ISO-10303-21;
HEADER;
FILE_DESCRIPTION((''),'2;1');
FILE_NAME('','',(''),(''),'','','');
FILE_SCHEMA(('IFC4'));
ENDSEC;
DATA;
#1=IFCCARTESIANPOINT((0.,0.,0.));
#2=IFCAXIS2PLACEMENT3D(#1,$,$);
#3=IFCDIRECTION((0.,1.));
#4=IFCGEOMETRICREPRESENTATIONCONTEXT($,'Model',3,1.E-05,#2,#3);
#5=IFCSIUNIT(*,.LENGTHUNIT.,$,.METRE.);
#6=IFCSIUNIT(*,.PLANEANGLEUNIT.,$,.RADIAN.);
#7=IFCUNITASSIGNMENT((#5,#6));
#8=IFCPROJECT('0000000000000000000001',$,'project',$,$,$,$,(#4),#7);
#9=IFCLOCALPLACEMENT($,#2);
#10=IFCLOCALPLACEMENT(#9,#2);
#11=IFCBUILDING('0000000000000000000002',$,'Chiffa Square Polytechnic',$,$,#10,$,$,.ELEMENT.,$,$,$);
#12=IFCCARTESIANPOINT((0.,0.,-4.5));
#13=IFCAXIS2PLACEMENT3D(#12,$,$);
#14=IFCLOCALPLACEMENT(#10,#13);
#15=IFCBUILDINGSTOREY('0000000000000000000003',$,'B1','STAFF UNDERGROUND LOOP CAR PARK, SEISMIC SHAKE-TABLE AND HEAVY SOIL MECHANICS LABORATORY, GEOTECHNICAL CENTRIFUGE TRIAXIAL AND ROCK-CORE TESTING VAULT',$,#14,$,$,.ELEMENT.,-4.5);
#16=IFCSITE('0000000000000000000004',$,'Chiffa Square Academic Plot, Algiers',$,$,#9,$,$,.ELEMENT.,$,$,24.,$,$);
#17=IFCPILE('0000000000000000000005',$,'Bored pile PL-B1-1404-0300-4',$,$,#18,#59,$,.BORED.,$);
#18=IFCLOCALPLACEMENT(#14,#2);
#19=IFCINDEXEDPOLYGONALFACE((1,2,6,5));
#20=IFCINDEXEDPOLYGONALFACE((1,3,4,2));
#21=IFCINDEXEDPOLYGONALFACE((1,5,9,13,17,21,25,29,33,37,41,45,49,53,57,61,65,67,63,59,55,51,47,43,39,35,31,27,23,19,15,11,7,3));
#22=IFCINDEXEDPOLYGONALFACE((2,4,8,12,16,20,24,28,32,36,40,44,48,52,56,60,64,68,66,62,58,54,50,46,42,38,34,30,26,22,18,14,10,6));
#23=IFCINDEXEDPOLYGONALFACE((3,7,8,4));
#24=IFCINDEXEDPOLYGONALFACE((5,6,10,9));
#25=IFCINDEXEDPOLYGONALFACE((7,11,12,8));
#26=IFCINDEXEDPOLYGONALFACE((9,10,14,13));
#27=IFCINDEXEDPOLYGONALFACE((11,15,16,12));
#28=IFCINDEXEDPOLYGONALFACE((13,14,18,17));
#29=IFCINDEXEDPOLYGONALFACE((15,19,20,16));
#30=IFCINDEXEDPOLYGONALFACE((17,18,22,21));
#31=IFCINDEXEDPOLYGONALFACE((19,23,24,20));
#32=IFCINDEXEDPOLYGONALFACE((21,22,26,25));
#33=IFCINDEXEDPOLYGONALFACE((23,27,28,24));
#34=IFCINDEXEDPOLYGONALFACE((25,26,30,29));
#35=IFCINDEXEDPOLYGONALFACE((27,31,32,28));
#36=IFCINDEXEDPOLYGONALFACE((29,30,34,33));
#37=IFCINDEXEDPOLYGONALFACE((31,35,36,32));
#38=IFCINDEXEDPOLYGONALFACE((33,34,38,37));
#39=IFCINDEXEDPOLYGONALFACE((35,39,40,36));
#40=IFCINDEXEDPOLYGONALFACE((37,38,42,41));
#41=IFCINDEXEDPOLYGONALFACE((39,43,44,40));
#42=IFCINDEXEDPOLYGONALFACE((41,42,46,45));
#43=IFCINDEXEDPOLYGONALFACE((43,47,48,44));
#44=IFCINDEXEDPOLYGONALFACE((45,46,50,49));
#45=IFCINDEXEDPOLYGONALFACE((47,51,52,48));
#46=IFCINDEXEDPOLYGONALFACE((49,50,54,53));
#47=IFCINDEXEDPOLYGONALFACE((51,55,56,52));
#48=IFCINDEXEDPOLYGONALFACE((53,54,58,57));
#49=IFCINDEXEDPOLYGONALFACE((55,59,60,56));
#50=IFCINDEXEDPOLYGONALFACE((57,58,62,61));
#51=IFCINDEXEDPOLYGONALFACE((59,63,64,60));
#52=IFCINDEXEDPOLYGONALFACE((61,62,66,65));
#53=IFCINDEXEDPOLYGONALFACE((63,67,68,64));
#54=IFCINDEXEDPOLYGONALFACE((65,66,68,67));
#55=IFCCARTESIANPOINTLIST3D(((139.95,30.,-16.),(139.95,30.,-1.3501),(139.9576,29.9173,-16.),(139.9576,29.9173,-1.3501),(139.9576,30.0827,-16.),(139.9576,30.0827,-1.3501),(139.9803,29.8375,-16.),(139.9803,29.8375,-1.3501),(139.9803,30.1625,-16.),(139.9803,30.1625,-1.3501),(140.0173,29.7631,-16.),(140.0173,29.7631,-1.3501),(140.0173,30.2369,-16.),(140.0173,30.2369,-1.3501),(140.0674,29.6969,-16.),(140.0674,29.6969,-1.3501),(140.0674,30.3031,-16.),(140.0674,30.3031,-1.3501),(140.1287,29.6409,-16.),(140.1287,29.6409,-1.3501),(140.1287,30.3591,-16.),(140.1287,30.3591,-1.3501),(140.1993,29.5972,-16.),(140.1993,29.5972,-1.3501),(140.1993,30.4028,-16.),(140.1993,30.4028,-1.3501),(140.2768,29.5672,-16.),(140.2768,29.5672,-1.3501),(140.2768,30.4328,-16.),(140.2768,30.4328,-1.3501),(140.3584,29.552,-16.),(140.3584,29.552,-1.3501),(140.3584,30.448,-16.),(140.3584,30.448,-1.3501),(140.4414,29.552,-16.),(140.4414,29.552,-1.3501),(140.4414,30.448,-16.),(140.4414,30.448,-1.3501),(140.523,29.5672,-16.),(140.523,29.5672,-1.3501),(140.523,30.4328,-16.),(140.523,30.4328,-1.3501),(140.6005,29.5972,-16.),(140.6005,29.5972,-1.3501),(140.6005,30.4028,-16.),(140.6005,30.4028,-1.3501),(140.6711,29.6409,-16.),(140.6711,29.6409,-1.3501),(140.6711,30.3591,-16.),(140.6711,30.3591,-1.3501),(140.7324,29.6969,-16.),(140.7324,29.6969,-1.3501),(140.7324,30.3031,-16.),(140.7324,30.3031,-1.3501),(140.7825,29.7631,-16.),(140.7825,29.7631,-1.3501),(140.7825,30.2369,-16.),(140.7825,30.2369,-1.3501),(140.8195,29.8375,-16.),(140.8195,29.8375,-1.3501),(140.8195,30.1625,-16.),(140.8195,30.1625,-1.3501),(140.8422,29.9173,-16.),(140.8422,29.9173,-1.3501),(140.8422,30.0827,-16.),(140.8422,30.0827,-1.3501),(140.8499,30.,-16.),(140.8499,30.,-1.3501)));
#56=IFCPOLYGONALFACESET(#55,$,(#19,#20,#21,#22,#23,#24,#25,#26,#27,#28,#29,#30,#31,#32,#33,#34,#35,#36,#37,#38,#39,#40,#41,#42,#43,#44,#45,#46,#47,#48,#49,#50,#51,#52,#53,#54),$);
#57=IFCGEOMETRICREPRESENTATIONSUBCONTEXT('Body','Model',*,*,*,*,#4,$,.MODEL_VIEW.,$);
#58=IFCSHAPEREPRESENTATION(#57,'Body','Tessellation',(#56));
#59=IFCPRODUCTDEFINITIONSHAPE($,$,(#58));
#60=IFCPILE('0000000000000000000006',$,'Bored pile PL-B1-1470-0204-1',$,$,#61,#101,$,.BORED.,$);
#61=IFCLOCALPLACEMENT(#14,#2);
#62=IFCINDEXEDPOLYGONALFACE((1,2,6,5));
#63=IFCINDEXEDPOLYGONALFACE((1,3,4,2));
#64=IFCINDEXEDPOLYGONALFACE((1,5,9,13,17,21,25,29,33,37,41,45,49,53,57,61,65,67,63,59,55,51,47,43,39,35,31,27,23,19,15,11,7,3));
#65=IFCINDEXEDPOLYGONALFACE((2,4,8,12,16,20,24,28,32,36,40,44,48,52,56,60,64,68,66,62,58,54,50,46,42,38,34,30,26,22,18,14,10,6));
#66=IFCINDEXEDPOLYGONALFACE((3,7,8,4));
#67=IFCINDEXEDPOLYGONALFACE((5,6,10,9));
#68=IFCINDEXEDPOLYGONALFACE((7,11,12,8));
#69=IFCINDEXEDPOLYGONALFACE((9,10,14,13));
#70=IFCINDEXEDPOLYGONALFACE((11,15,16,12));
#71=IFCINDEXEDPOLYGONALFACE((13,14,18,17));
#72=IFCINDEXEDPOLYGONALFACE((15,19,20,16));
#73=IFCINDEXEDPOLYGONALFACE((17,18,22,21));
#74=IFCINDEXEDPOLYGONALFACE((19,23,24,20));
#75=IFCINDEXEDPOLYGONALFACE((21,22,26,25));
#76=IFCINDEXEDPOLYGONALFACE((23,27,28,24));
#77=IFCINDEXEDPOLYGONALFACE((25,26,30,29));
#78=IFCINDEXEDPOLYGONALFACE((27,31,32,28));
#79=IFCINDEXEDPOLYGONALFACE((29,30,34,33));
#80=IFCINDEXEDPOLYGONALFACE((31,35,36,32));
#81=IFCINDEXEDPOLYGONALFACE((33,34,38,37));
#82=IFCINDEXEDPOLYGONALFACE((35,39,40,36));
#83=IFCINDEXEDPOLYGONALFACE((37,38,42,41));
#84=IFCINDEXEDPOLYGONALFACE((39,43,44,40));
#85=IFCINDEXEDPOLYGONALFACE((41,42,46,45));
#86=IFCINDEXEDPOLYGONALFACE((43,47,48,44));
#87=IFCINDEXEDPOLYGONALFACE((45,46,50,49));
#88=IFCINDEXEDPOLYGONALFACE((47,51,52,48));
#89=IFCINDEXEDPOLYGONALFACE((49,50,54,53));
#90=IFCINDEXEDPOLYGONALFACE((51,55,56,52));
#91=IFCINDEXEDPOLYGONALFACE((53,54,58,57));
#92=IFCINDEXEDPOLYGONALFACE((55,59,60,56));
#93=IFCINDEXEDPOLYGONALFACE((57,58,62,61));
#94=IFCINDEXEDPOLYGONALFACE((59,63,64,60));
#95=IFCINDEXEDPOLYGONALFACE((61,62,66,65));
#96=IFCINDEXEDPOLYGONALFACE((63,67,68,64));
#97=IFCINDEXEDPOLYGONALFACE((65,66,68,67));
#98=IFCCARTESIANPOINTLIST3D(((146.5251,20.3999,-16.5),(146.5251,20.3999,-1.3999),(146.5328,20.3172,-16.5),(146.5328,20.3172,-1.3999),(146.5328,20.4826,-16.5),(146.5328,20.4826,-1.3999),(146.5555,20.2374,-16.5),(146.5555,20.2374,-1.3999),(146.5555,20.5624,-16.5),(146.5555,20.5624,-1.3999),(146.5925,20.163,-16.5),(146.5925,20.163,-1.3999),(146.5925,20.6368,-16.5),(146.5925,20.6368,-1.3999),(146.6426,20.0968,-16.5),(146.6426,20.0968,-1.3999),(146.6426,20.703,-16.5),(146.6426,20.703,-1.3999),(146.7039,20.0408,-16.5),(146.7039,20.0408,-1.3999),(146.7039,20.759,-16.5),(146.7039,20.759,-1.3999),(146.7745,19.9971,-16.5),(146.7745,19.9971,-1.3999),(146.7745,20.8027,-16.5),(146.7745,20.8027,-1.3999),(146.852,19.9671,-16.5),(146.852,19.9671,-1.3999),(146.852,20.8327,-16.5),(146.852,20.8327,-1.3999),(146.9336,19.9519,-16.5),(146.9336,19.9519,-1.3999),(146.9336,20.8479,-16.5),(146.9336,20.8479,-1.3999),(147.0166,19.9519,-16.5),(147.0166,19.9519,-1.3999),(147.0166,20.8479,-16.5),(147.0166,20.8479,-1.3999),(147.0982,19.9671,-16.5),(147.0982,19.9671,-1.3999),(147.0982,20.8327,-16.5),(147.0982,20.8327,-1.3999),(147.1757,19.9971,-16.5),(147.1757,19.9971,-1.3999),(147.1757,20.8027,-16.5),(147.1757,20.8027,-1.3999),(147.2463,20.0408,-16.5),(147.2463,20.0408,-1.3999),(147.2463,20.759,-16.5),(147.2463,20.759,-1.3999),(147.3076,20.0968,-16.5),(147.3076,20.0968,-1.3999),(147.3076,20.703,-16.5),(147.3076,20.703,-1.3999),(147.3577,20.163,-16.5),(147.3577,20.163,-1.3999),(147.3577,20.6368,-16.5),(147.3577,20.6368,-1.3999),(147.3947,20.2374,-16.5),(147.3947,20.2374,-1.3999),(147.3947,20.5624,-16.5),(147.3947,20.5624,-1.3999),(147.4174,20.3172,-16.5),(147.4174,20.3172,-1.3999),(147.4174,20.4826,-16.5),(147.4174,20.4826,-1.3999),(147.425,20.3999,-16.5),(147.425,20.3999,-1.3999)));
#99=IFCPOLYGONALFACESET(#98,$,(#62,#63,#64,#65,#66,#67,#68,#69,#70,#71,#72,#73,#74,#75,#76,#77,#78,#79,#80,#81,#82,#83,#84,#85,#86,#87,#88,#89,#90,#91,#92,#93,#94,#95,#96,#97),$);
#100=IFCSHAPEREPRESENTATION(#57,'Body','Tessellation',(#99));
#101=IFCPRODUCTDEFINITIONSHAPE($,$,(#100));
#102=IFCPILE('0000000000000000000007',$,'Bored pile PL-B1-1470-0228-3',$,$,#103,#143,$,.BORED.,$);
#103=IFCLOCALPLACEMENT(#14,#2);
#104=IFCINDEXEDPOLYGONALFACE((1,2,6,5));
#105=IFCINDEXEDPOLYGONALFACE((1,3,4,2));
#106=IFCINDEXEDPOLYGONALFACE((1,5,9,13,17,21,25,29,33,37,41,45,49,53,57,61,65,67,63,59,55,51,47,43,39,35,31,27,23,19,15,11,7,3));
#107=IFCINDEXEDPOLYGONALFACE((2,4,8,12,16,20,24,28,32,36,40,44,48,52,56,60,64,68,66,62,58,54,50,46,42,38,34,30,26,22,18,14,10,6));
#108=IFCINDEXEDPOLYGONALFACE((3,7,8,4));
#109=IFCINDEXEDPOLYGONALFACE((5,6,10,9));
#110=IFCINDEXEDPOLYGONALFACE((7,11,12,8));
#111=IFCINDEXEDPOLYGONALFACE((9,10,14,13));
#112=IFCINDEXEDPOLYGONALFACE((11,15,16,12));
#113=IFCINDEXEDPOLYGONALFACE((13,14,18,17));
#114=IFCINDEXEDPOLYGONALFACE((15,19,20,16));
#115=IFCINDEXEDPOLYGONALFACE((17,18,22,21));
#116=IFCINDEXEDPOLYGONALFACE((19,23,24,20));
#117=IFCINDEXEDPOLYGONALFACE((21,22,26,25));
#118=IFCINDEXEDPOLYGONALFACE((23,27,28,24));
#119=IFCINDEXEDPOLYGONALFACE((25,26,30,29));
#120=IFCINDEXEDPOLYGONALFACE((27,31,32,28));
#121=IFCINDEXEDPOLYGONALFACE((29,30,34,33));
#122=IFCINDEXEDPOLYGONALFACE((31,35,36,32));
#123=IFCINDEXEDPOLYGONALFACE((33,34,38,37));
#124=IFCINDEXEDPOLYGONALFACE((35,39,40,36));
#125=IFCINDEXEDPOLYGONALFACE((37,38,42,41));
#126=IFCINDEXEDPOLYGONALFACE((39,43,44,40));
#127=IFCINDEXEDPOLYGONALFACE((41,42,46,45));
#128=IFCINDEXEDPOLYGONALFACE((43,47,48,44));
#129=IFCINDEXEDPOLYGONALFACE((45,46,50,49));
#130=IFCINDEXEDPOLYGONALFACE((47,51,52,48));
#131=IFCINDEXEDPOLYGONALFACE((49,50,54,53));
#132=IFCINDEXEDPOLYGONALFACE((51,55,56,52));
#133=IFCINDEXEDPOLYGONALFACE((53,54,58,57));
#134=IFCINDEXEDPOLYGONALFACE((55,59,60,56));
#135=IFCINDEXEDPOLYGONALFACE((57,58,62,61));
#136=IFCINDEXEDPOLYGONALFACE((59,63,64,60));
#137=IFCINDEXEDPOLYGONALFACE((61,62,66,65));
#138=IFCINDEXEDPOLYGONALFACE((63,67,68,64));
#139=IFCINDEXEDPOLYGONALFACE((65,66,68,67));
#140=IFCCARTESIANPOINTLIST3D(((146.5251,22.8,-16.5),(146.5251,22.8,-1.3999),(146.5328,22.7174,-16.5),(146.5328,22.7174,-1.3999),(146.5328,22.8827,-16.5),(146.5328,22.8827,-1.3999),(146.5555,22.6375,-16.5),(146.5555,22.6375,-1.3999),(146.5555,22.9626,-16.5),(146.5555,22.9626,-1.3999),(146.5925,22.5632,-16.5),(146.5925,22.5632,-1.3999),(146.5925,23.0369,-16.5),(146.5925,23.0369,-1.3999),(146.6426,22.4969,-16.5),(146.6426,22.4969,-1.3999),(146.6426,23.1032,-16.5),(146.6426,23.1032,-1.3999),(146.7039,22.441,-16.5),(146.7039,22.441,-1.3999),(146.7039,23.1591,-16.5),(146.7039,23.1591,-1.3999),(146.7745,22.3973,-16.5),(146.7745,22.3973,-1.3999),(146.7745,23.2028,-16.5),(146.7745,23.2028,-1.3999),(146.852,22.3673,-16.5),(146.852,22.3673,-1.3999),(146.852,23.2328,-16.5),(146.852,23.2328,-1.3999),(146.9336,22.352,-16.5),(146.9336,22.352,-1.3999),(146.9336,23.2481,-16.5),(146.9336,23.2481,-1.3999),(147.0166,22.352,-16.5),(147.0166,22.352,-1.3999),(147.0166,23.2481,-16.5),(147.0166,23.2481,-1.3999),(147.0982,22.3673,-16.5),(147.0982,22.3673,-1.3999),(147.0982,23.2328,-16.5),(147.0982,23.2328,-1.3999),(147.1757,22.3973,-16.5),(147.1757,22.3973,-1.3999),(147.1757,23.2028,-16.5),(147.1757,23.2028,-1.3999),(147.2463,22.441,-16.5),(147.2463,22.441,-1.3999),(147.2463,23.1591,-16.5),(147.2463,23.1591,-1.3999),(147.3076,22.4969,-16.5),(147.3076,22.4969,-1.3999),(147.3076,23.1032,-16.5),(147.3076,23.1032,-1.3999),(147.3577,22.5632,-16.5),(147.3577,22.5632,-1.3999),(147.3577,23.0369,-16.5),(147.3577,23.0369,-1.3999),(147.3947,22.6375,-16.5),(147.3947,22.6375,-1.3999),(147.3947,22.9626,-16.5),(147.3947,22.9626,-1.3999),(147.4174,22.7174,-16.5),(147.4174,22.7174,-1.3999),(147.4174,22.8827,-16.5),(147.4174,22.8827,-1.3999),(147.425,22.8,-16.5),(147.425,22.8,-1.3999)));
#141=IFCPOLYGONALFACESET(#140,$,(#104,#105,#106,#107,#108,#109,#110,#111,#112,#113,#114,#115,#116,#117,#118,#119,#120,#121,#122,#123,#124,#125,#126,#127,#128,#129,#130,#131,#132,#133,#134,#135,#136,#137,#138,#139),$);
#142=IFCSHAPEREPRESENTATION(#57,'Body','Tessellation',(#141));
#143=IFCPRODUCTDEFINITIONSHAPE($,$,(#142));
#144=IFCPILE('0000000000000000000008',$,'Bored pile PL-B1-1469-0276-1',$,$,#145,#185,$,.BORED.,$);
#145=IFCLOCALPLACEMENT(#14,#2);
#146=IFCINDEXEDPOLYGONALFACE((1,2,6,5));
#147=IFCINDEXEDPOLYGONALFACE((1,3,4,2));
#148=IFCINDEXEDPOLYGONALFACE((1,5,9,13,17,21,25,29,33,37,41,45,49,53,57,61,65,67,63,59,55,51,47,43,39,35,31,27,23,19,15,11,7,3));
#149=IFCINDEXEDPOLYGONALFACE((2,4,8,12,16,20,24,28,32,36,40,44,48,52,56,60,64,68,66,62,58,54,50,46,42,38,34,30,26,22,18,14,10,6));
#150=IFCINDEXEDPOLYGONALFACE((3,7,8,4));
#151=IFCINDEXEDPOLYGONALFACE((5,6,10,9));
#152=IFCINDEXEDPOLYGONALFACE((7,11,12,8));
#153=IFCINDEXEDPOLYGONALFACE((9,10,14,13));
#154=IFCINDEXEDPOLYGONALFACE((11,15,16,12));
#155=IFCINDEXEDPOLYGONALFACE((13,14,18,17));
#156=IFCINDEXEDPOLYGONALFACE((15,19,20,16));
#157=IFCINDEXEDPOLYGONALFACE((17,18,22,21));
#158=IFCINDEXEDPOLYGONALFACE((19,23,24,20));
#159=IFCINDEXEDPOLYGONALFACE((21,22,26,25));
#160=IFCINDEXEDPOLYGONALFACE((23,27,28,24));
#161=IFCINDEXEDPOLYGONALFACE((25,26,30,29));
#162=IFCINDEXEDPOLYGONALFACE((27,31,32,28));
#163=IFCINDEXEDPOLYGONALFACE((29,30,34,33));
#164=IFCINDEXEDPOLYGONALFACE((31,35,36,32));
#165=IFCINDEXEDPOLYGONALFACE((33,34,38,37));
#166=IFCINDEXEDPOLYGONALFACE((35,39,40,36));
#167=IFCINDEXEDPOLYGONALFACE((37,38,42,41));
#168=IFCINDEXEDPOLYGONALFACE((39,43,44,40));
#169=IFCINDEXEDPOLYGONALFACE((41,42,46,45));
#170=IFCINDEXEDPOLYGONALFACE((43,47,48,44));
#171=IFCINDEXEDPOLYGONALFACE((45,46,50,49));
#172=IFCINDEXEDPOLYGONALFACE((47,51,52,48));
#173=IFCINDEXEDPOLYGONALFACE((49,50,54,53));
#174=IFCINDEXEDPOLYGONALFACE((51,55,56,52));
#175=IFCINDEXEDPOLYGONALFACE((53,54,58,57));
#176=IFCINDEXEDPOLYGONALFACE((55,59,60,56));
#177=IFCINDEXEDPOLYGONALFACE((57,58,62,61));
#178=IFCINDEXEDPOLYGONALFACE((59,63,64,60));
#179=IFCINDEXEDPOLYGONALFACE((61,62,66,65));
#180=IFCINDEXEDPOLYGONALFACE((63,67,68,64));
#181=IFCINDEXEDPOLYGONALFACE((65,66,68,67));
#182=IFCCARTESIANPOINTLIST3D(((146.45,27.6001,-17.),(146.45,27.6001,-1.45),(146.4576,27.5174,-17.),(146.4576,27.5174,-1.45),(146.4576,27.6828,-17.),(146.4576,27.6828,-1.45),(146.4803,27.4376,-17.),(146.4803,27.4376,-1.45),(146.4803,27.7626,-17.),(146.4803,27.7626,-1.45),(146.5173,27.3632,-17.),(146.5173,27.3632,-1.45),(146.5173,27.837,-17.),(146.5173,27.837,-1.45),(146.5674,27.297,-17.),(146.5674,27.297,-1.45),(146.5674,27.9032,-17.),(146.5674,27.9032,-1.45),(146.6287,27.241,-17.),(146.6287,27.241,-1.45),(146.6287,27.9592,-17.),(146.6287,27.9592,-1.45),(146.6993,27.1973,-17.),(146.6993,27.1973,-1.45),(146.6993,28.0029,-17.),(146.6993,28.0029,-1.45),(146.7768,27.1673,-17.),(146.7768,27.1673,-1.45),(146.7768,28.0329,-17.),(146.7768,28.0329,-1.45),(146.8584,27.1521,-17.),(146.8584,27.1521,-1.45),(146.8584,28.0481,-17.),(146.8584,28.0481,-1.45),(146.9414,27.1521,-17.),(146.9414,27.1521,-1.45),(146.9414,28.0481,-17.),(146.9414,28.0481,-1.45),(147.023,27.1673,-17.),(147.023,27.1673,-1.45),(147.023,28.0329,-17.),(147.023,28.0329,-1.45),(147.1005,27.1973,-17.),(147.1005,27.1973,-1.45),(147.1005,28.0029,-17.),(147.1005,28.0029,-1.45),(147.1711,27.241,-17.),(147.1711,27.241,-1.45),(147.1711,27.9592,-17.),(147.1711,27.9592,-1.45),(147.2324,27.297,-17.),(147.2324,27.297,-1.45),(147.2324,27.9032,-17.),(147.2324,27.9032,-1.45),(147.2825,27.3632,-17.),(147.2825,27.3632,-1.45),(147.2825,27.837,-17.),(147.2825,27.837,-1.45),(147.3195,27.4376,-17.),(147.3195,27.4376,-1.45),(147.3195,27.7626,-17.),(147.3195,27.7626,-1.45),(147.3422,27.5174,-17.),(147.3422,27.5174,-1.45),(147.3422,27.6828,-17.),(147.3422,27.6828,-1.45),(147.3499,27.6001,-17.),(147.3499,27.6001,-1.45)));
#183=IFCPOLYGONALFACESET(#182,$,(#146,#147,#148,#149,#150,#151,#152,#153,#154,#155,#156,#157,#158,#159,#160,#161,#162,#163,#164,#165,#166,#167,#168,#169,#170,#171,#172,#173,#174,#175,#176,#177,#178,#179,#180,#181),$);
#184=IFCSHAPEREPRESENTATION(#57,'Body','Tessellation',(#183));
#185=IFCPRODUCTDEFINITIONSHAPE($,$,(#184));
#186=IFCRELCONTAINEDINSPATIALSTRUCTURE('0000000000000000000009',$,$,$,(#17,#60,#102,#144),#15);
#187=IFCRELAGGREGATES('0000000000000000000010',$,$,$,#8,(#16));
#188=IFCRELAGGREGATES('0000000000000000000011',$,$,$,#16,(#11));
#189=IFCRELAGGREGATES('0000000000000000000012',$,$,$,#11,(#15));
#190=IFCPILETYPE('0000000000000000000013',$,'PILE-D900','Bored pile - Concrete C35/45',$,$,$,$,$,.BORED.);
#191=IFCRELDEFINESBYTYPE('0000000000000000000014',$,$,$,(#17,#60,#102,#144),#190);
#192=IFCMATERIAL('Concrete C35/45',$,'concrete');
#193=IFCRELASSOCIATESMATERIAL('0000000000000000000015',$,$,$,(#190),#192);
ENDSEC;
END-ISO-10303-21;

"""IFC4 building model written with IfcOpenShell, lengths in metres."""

from ifc_helpers import new_model, si_unit, direction, frame, origin, origin_2d, place, context, subcontext, project, spatial, circle, extrude, material, material_profile, profile_set, type_object, element, save


model = new_model("IFC4")

# Units and contexts
model_context = context("Model", 3, precision=1e-05, world=origin(), true_north=direction((0.0, 1.0)))
body_context = subcontext(model_context, "Body", "Model", "MODEL_VIEW")
ifc_project = project(units=[si_unit("LENGTHUNIT", "METRE"), si_unit("PLANEANGLEUNIT", "RADIAN")], contexts=[model_context])

# Site, building, storey
site_placement = place(None, origin())
site = spatial("IfcSite", under=ifc_project, at=site_placement, Name="Chiffa Square Academic Plot, Algiers", CompositionType="ELEMENT", RefElevation=24.0)
building_placement = place(site_placement, origin())
building = spatial("IfcBuilding", under=site, at=building_placement, Name="Chiffa Square Polytechnic", CompositionType="ELEMENT")
storey_placement = place(building_placement, frame((0.0, 0.0, -4.5)))
storey = spatial("IfcBuildingStorey", under=building, at=storey_placement, Name="B1", Description="STAFF UNDERGROUND LOOP CAR PARK, SEISMIC SHAKE-TABLE AND HEAVY SOIL MECHANICS LABORATORY, GEOTECHNICAL CENTRIFUGE TRIAXIAL AND ROCK-CORE TESTING VAULT", CompositionType="ELEMENT", Elevation=-4.5)

# Shared definitions
ifc_material_1 = material(Name="Concrete C35/45", Category="concrete")

# Piles
ifc_material_profile_1 = material_profile(ifc_material_1, circle(Radius=0.45, at=origin_2d()), Name="PILE D900")
ifc_profile_set_1 = profile_set([ifc_material_profile_1], Name="Concrete C35/45")
pile_type_1 = type_object("IfcPileType", Name="PILE-D900", Description="Bored pile - Concrete C35/45", PredefinedType="BORED", material=ifc_profile_set_1)
for number, where, z_axis, x_axis, name in (
    (1, (140.3999, 30.0, -1.3501), (0.0, 0.0, -1.0), (1.0, 0.0, 0.0), "Bored pile PL-B1-1404-0300-4"),
):
    element("IfcPile", number, at=place(storey_placement, frame(where, z_axis=z_axis, x_axis=x_axis)), inside=storey, type_object=pile_type_1, Name=name, PredefinedType="BORED", context=body_context, shape_type="SweptSolid", body=[
        extrude(circle(Radius=0.45, at=origin_2d()), origin(), (0.0, 0.0, 1.0), 14.6499),
    ])
for number, where, z_axis, x_axis, name in (
    (2, (146.9751, 20.3999, -1.3999), (0.0, 0.0, -1.0), (1.0, 0.0, 0.0), "Bored pile PL-B1-1470-0204-1"),
    (3, (146.9751, 22.8, -1.3999), (0.0, 0.0, -1.0), (1.0, 0.0, 0.0), "Bored pile PL-B1-1470-0228-3"),
):
    element("IfcPile", number, at=place(storey_placement, frame(where, z_axis=z_axis, x_axis=x_axis)), inside=storey, type_object=pile_type_1, Name=name, PredefinedType="BORED", context=body_context, shape_type="SweptSolid", body=[
        extrude(circle(Radius=0.45, at=origin_2d()), origin(), (0.0, 0.0, 1.0), 15.1001),
    ])
for number, where, z_axis, x_axis, name in (
    (4, (146.8999, 27.6001, -1.45), (0.0, 0.0, -1.0), (1.0, 0.0, 0.0), "Bored pile PL-B1-1469-0276-1"),
):
    element("IfcPile", number, at=place(storey_placement, frame(where, z_axis=z_axis, x_axis=x_axis)), inside=storey, type_object=pile_type_1, Name=name, PredefinedType="BORED", context=body_context, shape_type="SweptSolid", body=[
        extrude(circle(Radius=0.45, at=origin_2d()), origin(), (0.0, 0.0, 1.0), 15.55),
    ])

save(model, "model.ifc")
